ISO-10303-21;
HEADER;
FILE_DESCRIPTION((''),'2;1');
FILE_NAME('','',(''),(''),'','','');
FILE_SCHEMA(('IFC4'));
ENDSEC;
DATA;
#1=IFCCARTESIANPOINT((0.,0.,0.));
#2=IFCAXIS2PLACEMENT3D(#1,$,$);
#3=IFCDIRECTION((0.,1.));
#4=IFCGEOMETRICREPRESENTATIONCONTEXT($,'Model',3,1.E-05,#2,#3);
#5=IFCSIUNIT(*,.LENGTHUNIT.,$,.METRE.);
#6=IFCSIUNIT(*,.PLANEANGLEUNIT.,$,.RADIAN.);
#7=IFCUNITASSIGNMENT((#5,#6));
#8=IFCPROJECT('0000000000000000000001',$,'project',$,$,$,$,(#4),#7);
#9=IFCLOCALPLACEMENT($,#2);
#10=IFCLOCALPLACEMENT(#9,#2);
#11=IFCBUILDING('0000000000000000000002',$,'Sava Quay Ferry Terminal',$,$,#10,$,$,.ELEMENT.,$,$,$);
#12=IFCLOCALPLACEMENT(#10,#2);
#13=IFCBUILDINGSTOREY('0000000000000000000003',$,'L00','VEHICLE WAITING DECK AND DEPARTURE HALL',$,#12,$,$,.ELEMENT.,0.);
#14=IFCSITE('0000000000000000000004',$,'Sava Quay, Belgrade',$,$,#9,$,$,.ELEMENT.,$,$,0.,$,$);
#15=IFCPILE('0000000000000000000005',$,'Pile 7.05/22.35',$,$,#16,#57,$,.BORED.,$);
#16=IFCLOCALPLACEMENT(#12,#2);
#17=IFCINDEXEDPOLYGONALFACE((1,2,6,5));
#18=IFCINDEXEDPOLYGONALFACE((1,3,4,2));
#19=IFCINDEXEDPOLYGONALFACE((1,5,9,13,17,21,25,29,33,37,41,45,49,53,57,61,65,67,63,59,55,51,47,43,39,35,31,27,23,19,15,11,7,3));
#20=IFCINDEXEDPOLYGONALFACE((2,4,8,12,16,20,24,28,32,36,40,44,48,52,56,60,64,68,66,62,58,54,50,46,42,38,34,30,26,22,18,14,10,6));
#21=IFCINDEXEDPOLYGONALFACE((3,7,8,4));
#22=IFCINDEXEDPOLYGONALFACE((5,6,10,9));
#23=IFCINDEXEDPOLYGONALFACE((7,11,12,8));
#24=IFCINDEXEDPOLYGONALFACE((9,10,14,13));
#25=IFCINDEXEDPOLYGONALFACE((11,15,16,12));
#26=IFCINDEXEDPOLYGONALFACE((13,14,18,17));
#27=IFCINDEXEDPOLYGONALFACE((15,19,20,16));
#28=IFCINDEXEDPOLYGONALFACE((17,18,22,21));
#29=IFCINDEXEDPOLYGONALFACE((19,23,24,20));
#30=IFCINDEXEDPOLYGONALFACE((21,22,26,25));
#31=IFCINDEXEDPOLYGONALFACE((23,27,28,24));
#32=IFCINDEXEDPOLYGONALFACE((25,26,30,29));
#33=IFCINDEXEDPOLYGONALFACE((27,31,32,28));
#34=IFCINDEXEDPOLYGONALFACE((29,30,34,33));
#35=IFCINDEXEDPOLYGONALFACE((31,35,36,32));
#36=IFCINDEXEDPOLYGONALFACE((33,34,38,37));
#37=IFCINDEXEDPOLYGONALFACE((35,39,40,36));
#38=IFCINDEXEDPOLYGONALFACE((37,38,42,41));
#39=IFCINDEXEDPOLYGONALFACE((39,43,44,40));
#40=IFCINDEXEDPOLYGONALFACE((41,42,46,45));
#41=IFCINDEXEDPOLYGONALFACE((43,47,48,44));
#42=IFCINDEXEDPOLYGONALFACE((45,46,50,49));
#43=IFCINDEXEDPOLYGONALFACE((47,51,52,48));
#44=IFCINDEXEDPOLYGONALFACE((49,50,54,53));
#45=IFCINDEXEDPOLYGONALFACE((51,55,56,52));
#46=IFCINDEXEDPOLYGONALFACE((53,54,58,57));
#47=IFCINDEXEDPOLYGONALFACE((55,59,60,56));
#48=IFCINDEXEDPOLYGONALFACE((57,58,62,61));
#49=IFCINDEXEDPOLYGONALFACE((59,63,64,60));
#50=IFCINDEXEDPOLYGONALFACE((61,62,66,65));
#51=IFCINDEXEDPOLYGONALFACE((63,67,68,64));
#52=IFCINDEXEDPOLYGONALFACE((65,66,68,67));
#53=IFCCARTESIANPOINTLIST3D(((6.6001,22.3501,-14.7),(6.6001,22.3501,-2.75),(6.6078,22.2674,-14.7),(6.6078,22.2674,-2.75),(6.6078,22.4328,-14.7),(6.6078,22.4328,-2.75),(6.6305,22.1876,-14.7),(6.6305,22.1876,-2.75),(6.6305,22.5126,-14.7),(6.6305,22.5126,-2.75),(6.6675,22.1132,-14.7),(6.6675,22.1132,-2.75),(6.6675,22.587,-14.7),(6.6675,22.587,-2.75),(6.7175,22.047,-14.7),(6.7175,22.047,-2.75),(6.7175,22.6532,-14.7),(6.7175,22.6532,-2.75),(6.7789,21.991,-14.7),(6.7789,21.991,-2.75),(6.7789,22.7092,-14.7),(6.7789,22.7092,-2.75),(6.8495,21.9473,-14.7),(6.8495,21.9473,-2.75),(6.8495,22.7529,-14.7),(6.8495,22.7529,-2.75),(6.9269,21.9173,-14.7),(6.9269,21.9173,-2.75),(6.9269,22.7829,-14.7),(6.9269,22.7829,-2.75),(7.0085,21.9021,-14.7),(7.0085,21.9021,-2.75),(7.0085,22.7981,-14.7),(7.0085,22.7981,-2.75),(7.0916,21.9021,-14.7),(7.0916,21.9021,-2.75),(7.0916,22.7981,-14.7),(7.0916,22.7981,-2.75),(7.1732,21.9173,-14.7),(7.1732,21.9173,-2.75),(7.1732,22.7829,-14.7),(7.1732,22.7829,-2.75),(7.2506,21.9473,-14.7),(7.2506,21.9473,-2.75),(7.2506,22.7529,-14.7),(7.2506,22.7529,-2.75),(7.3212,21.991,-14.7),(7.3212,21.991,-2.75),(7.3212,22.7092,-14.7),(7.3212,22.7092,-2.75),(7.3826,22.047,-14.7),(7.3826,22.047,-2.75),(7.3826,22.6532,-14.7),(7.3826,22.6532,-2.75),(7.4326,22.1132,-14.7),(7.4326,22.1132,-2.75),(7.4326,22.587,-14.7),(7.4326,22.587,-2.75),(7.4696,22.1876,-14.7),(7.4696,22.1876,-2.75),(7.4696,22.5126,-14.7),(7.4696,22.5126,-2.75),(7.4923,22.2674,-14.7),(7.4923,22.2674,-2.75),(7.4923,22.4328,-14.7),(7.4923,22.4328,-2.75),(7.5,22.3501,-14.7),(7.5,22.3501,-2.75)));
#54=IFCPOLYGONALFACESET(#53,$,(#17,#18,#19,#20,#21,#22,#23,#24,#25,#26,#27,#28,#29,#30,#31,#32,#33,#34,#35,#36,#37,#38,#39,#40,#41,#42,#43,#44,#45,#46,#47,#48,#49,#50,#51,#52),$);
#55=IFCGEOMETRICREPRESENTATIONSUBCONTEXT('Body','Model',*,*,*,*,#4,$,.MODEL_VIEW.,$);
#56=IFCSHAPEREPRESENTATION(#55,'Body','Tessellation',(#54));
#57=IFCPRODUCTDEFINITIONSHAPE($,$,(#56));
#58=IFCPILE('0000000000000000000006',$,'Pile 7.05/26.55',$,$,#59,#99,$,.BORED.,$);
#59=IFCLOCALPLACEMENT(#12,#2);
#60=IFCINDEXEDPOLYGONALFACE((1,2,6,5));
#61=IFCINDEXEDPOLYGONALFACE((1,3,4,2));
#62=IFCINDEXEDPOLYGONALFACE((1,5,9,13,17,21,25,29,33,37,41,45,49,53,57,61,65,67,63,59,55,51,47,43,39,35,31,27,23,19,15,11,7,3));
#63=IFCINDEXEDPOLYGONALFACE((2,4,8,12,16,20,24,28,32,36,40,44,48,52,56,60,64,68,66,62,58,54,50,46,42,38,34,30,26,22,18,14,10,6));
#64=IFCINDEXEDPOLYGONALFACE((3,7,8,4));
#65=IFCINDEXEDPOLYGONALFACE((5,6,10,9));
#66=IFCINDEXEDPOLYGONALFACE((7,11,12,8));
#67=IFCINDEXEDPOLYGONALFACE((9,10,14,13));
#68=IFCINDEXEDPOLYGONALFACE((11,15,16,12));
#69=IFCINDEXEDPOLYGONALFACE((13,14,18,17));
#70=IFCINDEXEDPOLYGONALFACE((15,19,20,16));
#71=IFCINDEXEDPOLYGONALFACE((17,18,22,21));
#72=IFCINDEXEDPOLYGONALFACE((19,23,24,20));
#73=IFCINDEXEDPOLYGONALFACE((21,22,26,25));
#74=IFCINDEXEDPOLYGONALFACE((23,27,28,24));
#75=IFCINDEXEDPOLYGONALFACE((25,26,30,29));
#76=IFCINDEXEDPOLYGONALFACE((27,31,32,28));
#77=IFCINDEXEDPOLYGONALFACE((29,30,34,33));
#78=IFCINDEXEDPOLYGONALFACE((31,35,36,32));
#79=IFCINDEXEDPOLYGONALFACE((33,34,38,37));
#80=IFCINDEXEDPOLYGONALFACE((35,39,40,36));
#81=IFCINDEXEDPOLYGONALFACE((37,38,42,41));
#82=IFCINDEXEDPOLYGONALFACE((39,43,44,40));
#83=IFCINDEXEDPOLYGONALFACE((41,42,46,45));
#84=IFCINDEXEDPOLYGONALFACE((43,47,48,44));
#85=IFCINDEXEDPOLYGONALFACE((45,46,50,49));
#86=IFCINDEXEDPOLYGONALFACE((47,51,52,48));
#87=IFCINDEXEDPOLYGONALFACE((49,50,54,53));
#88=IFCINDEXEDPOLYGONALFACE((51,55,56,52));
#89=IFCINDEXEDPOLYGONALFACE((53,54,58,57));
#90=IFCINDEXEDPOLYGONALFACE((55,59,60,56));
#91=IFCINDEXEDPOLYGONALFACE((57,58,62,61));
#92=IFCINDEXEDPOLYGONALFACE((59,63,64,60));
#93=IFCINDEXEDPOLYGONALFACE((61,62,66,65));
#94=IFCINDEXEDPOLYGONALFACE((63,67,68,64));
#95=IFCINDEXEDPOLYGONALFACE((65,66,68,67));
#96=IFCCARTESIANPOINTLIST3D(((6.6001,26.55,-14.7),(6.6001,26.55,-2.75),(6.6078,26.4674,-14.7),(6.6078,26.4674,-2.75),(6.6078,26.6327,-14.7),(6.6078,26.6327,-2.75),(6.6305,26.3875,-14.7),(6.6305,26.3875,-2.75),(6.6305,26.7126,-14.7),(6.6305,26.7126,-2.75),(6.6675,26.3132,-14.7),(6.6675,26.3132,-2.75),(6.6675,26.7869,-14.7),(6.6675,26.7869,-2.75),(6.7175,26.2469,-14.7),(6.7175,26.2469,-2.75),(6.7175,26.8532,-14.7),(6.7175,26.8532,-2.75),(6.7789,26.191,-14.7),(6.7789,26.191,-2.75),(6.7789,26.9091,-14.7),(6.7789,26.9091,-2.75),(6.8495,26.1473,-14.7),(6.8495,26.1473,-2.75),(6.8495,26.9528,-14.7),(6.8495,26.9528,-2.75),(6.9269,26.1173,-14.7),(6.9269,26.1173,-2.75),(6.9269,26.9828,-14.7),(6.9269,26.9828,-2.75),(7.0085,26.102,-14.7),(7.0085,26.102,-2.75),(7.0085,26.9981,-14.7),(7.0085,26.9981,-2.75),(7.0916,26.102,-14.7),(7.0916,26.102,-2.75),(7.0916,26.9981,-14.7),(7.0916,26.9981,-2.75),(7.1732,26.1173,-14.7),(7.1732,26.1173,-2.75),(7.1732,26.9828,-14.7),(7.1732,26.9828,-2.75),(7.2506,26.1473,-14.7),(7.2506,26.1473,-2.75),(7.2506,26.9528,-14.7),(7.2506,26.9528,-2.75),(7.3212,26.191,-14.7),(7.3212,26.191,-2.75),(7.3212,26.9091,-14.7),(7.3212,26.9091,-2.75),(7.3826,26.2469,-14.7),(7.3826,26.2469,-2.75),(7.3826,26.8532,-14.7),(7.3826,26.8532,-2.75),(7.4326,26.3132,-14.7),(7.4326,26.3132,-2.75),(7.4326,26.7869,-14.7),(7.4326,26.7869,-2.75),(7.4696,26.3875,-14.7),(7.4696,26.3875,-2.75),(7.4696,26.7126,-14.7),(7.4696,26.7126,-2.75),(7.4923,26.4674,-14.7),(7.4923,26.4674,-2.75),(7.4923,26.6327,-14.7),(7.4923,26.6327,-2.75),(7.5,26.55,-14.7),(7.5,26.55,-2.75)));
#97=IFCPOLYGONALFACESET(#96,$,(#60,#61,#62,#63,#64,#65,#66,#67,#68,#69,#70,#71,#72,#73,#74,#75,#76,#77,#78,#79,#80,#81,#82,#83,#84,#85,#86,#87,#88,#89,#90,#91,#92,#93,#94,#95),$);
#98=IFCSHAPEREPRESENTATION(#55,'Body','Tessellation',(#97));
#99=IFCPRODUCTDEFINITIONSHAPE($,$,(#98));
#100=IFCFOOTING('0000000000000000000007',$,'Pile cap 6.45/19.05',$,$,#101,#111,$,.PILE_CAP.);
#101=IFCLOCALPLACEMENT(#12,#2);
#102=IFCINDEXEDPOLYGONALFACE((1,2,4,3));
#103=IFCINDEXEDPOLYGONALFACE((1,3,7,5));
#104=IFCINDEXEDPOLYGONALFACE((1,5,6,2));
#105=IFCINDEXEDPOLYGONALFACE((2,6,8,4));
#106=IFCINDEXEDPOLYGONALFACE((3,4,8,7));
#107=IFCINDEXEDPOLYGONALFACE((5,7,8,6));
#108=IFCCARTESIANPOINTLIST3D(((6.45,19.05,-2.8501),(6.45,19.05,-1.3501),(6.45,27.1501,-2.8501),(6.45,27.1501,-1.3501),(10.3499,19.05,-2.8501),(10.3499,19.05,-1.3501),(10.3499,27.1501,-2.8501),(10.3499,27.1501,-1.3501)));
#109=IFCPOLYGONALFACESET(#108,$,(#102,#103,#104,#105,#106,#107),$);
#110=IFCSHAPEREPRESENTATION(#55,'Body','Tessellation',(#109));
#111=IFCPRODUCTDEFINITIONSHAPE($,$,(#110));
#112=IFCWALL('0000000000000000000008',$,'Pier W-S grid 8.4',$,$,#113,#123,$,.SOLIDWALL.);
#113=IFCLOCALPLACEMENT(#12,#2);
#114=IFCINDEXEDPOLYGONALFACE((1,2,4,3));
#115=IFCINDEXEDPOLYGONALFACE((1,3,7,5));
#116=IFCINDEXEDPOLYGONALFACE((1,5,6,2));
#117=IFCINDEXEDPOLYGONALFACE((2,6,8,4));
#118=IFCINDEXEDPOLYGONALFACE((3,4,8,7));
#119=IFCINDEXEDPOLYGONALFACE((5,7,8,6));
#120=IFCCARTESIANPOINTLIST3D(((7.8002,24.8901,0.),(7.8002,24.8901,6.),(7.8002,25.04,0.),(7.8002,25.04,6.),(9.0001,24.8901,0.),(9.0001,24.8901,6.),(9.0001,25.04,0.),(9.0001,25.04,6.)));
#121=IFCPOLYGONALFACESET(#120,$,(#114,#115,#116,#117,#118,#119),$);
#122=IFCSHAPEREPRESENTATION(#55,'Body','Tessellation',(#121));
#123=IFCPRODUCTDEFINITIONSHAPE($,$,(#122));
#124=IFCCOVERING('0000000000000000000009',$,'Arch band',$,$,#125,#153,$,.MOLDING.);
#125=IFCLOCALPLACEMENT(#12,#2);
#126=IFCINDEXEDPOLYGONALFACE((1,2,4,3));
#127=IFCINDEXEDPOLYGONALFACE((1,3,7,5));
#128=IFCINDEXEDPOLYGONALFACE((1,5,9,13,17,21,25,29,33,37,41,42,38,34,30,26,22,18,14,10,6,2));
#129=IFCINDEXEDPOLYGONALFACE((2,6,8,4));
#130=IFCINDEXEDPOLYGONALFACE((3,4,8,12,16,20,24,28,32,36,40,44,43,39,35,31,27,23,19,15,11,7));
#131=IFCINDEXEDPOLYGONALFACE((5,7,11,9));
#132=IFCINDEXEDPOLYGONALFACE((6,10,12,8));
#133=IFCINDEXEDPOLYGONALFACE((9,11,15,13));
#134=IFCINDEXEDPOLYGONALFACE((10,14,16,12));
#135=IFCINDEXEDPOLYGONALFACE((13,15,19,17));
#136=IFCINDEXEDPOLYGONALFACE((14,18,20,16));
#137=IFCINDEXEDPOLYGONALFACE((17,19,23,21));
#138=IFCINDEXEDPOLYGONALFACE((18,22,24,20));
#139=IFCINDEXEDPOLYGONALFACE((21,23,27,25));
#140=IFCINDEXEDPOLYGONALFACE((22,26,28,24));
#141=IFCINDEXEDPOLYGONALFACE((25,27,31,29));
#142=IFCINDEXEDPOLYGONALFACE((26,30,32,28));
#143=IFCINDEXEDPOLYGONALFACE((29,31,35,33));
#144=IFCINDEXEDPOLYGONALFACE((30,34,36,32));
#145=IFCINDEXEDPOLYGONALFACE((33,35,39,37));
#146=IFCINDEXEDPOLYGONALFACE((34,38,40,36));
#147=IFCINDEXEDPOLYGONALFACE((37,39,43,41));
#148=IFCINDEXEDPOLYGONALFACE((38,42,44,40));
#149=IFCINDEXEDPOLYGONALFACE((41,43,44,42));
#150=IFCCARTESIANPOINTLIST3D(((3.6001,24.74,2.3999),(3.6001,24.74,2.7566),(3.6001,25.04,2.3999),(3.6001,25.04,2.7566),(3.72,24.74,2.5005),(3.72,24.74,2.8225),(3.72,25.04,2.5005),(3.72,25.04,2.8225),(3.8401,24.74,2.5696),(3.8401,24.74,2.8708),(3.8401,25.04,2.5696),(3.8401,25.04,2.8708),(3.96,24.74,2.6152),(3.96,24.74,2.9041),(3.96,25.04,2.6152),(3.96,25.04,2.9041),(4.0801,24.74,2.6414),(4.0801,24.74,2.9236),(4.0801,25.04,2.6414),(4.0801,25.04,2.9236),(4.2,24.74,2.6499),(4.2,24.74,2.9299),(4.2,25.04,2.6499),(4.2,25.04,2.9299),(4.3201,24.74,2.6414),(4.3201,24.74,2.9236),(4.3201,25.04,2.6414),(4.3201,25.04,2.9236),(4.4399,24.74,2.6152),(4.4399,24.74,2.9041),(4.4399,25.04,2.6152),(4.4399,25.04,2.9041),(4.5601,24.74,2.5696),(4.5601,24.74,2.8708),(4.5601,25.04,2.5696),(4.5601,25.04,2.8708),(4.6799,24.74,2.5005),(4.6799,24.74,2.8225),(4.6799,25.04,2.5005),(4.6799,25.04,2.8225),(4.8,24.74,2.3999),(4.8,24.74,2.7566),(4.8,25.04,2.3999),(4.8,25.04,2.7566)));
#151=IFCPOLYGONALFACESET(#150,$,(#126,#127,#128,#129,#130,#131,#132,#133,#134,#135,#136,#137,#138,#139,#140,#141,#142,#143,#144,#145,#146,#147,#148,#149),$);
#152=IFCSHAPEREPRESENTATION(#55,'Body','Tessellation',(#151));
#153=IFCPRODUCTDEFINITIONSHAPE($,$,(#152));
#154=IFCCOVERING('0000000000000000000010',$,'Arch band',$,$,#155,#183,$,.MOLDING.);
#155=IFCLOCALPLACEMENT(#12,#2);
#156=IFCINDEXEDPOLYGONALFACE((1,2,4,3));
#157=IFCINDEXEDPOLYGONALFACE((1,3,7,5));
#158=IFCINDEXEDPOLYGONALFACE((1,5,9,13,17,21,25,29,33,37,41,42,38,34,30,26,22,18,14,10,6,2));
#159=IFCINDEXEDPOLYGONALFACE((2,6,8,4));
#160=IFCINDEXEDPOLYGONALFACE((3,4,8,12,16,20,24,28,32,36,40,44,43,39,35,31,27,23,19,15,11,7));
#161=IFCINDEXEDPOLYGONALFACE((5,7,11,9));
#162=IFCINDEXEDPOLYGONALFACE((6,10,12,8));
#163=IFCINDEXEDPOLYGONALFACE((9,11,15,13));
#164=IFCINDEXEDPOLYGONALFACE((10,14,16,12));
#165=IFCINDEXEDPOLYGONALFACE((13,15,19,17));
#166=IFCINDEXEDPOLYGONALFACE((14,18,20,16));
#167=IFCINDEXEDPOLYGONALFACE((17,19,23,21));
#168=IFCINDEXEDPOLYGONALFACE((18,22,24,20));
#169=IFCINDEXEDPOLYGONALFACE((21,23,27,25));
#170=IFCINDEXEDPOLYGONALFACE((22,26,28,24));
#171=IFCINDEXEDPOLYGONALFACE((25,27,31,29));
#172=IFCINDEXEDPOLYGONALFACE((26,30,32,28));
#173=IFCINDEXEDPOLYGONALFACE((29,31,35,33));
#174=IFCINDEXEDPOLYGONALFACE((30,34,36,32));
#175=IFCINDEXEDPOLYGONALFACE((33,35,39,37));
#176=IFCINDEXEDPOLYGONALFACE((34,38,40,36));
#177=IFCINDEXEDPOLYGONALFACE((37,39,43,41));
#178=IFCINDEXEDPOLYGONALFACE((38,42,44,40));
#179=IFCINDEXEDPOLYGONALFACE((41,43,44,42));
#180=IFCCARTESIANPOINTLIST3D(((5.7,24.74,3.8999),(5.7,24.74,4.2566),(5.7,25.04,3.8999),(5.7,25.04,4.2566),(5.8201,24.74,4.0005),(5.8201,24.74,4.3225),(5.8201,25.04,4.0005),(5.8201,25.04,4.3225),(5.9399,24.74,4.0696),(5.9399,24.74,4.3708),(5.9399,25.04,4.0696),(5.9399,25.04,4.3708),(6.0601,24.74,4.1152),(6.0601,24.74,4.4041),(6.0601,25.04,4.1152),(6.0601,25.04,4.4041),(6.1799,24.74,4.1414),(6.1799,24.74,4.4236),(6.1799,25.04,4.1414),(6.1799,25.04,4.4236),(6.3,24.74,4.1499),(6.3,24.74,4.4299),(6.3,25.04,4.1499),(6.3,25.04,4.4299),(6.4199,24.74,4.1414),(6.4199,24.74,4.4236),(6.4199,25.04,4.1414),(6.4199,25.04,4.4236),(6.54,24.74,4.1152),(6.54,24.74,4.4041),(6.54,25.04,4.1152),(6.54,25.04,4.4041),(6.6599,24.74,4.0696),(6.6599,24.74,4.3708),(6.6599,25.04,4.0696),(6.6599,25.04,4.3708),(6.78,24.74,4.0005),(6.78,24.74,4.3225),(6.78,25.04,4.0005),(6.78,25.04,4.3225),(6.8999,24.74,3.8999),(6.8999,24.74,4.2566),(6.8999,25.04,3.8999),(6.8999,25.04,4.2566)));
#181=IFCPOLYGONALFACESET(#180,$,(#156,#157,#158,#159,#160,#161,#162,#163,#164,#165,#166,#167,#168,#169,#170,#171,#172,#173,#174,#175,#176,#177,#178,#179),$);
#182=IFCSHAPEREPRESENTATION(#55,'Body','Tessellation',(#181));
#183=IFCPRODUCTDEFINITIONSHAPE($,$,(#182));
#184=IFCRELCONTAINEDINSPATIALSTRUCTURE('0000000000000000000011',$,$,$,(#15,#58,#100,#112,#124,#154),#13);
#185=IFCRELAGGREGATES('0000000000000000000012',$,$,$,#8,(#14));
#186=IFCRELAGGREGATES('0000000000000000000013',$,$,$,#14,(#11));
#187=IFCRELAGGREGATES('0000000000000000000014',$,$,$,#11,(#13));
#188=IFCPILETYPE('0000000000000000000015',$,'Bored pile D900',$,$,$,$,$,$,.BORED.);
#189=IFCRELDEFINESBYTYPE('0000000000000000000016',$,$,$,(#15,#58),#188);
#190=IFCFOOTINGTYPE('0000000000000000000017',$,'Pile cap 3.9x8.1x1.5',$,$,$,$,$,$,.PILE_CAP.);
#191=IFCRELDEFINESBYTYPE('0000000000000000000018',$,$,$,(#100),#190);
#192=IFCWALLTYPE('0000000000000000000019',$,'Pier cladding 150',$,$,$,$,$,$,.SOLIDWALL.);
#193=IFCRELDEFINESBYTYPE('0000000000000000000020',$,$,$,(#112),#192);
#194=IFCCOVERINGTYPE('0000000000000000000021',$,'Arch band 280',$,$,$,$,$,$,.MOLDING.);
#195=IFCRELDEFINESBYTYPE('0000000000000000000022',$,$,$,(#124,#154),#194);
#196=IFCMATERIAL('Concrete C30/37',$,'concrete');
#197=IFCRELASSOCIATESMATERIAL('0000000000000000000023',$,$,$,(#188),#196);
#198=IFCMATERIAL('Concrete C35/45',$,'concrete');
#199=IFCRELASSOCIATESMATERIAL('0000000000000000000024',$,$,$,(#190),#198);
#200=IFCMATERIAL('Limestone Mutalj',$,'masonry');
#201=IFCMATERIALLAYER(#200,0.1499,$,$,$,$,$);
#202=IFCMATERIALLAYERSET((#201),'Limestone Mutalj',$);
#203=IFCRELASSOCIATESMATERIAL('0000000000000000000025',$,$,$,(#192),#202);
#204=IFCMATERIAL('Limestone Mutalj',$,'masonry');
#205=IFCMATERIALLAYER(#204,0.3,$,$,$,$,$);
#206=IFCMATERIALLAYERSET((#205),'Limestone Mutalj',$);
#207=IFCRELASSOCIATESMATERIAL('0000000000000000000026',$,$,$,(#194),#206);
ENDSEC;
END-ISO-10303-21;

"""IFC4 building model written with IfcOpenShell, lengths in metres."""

from ifc_helpers import new_model, si_unit, direction, frame, frame_2d, origin, origin_2d, place, context, subcontext, project, spatial, polyline, rectangle, circle, outline, extrude, material, layer, layer_set, material_profile, profile_set, type_object, element, save


model = new_model("IFC4")

# Units and contexts
model_context = context("Model", 3, precision=1e-05, world=origin(), true_north=direction((0.0, 1.0)))
body_context = subcontext(model_context, "Body", "Model", "MODEL_VIEW")
ifc_project = project(units=[si_unit("LENGTHUNIT", "METRE"), si_unit("PLANEANGLEUNIT", "RADIAN")], contexts=[model_context])

# Site, building, storey
site_placement = place(None, origin())
site = spatial("IfcSite", under=ifc_project, at=site_placement, Name="Sava Quay, Belgrade", CompositionType="ELEMENT", RefElevation=0.0)
building_placement = place(site_placement, origin())
building = spatial("IfcBuilding", under=site, at=building_placement, Name="Sava Quay Ferry Terminal", CompositionType="ELEMENT")
storey_placement = place(building_placement, origin())
storey = spatial("IfcBuildingStorey", under=building, at=storey_placement, Name="L00", Description="VEHICLE WAITING DECK AND DEPARTURE HALL", CompositionType="ELEMENT", Elevation=0.0)

# Piles
ifc_material_1 = material(Name="Concrete C30/37", Category="concrete")
ifc_material_profile = material_profile(ifc_material_1, circle(Radius=0.45, at=origin_2d()), Name="Bored pile D900")
ifc_profile_set = profile_set([ifc_material_profile], Name="Concrete C30/37")
pile_type = type_object("IfcPileType", Name="Bored pile D900", PredefinedType="BORED", material=ifc_profile_set)
for number, where, z_axis, x_axis, name in (
    (1, (7.05, 22.3501, -2.75), (0.0, 0.0, -1.0), (1.0, 0.0, 0.0), "Pile 7.05/22.35"),
    (2, (7.05, 26.55, -2.75), (0.0, 0.0, -1.0), (1.0, 0.0, 0.0), "Pile 7.05/26.55"),
):
    element("IfcPile", number, at=place(storey_placement, frame(where, z_axis=z_axis, x_axis=x_axis)), inside=storey, type_object=pile_type, Name=name, PredefinedType="BORED", context=body_context, shape_type="SweptSolid", body=[
        extrude(circle(Radius=0.45, at=origin_2d()), origin(), (0.0, 0.0, 1.0), 11.95),
    ])

# Footing
ifc_material_2 = material(Name="Concrete C35/45", Category="concrete")
footing_type = type_object("IfcFootingType", Name="Pile cap 3.9x8.1x1.5", PredefinedType="PILE_CAP", material=ifc_material_2)
footing_placement = place(storey_placement, frame((8.3999, 23.1001, -2.8501), z_axis=(0.0, 0.0, 1.0), x_axis=(1.0, 0.0, 0.0)))
element("IfcFooting", 3, at=footing_placement, inside=storey, type_object=footing_type, Name="Pile cap 6.45/19.05", PredefinedType="PILE_CAP", context=body_context, shape_type="SweptSolid", body=[
    extrude(rectangle(XDim=3.8999, YDim=8.1001, at=origin_2d()), origin(), (0.0, 0.0, 1.0), 1.5),
])

# Wall
ifc_material_3 = material(Name="Limestone Mutalj", Category="masonry")
ifc_layer_1 = layer(ifc_material_3, 0.1499)
ifc_layer_set_1 = layer_set([ifc_layer_1], Name="Limestone Mutalj")
wall_type = type_object("IfcWallType", Name="Pier cladding 150", PredefinedType="SOLIDWALL", material=ifc_layer_set_1)
wall_placement = place(storey_placement, frame((7.8, 24.9651, 0.0), z_axis=(0.0, 0.0, 1.0), x_axis=(1.0, 0.0, 0.0)))
element("IfcWall", 4, at=wall_placement, inside=storey, type_object=wall_type, Name="Pier W-S grid 8.4", PredefinedType="SOLIDWALL", context=body_context, shape_type="SweptSolid", body=[
    extrude(rectangle(XDim=1.2, YDim=0.1499, at=frame_2d((0.6001, 0.0))), origin(), (0.0, 0.0, 1.0), 6.0),
])

# Coverings
ifc_material_4 = material(Name="Limestone Mutalj", Category="masonry")
ifc_layer_2 = layer(ifc_material_4, 0.3)
ifc_layer_set_2 = layer_set([ifc_layer_2], Name="Limestone Mutalj")
covering_type_1 = type_object("IfcCoveringType", Name="Arch band 280", PredefinedType="MOLDING", material=ifc_layer_set_2)
covering_1_placement = place(storey_placement, frame((3.6001, 24.74, 2.3999), z_axis=(0.0, -1.0, 0.0), x_axis=(0.766043, 0.0, 0.64279)))
element("IfcCovering", 5, at=covering_1_placement, inside=storey, type_object=covering_type_1, Name="Arch band", PredefinedType="MOLDING", context=body_context, shape_type="SweptSolid", body=[
    extrude(outline(polyline([(0.0, 0.0), (0.1565, 0.0), (0.2929, -0.0243), (0.4141, -0.0664), (0.5229, -0.1236), (0.6202, -0.1941), (0.7067, -0.2778), (0.7818, -0.3749), (0.8444, -0.4871), (0.8919, -0.6171), (0.9192, -0.7713), (1.1485, -0.4981), (1.0988, -0.3704), (1.0381, -0.2563), (0.9674, -0.1536), (0.8881, -0.0616), (0.8002, 0.0204), (0.7043, 0.0926), (0.5997, 0.1549), (0.4866, 0.2065), (0.3635, 0.2467), (0.2293, 0.2732), (0.0, 0.0)])), origin(), (0.0, 0.0, -1.0), 0.3),
])
covering_2_placement = place(storey_placement, frame((5.7, 24.74, 3.8999), z_axis=(0.0, -1.0, 0.0), x_axis=(0.766686, 0.0, 0.642022)))
element("IfcCovering", 6, at=covering_2_placement, inside=storey, type_object=covering_type_1, Name="Arch band", PredefinedType="MOLDING", context=body_context, shape_type="SweptSolid", body=[
    extrude(outline(polyline([(0.0, 0.0), (0.1567, 0.0), (0.2929, -0.024), (0.4143, -0.0661), (0.523, -0.123), (0.6206, -0.1936), (0.707, -0.2771), (0.7823, -0.3743), (0.8449, -0.4862), (0.8927, -0.6163), (0.92, -0.7704), (1.149, -0.4969), (1.0994, -0.3694), (1.0383, -0.2552), (0.9678, -0.1528), (0.8882, -0.0607), (0.8004, 0.0211), (0.7042, 0.0933), (0.5998, 0.1553), (0.4864, 0.207), (0.3634, 0.2469), (0.229, 0.2735), (0.0, 0.0)])), origin(), (0.0, 0.0, -1.0), 0.3),
])

save(model, "model.ifc")
